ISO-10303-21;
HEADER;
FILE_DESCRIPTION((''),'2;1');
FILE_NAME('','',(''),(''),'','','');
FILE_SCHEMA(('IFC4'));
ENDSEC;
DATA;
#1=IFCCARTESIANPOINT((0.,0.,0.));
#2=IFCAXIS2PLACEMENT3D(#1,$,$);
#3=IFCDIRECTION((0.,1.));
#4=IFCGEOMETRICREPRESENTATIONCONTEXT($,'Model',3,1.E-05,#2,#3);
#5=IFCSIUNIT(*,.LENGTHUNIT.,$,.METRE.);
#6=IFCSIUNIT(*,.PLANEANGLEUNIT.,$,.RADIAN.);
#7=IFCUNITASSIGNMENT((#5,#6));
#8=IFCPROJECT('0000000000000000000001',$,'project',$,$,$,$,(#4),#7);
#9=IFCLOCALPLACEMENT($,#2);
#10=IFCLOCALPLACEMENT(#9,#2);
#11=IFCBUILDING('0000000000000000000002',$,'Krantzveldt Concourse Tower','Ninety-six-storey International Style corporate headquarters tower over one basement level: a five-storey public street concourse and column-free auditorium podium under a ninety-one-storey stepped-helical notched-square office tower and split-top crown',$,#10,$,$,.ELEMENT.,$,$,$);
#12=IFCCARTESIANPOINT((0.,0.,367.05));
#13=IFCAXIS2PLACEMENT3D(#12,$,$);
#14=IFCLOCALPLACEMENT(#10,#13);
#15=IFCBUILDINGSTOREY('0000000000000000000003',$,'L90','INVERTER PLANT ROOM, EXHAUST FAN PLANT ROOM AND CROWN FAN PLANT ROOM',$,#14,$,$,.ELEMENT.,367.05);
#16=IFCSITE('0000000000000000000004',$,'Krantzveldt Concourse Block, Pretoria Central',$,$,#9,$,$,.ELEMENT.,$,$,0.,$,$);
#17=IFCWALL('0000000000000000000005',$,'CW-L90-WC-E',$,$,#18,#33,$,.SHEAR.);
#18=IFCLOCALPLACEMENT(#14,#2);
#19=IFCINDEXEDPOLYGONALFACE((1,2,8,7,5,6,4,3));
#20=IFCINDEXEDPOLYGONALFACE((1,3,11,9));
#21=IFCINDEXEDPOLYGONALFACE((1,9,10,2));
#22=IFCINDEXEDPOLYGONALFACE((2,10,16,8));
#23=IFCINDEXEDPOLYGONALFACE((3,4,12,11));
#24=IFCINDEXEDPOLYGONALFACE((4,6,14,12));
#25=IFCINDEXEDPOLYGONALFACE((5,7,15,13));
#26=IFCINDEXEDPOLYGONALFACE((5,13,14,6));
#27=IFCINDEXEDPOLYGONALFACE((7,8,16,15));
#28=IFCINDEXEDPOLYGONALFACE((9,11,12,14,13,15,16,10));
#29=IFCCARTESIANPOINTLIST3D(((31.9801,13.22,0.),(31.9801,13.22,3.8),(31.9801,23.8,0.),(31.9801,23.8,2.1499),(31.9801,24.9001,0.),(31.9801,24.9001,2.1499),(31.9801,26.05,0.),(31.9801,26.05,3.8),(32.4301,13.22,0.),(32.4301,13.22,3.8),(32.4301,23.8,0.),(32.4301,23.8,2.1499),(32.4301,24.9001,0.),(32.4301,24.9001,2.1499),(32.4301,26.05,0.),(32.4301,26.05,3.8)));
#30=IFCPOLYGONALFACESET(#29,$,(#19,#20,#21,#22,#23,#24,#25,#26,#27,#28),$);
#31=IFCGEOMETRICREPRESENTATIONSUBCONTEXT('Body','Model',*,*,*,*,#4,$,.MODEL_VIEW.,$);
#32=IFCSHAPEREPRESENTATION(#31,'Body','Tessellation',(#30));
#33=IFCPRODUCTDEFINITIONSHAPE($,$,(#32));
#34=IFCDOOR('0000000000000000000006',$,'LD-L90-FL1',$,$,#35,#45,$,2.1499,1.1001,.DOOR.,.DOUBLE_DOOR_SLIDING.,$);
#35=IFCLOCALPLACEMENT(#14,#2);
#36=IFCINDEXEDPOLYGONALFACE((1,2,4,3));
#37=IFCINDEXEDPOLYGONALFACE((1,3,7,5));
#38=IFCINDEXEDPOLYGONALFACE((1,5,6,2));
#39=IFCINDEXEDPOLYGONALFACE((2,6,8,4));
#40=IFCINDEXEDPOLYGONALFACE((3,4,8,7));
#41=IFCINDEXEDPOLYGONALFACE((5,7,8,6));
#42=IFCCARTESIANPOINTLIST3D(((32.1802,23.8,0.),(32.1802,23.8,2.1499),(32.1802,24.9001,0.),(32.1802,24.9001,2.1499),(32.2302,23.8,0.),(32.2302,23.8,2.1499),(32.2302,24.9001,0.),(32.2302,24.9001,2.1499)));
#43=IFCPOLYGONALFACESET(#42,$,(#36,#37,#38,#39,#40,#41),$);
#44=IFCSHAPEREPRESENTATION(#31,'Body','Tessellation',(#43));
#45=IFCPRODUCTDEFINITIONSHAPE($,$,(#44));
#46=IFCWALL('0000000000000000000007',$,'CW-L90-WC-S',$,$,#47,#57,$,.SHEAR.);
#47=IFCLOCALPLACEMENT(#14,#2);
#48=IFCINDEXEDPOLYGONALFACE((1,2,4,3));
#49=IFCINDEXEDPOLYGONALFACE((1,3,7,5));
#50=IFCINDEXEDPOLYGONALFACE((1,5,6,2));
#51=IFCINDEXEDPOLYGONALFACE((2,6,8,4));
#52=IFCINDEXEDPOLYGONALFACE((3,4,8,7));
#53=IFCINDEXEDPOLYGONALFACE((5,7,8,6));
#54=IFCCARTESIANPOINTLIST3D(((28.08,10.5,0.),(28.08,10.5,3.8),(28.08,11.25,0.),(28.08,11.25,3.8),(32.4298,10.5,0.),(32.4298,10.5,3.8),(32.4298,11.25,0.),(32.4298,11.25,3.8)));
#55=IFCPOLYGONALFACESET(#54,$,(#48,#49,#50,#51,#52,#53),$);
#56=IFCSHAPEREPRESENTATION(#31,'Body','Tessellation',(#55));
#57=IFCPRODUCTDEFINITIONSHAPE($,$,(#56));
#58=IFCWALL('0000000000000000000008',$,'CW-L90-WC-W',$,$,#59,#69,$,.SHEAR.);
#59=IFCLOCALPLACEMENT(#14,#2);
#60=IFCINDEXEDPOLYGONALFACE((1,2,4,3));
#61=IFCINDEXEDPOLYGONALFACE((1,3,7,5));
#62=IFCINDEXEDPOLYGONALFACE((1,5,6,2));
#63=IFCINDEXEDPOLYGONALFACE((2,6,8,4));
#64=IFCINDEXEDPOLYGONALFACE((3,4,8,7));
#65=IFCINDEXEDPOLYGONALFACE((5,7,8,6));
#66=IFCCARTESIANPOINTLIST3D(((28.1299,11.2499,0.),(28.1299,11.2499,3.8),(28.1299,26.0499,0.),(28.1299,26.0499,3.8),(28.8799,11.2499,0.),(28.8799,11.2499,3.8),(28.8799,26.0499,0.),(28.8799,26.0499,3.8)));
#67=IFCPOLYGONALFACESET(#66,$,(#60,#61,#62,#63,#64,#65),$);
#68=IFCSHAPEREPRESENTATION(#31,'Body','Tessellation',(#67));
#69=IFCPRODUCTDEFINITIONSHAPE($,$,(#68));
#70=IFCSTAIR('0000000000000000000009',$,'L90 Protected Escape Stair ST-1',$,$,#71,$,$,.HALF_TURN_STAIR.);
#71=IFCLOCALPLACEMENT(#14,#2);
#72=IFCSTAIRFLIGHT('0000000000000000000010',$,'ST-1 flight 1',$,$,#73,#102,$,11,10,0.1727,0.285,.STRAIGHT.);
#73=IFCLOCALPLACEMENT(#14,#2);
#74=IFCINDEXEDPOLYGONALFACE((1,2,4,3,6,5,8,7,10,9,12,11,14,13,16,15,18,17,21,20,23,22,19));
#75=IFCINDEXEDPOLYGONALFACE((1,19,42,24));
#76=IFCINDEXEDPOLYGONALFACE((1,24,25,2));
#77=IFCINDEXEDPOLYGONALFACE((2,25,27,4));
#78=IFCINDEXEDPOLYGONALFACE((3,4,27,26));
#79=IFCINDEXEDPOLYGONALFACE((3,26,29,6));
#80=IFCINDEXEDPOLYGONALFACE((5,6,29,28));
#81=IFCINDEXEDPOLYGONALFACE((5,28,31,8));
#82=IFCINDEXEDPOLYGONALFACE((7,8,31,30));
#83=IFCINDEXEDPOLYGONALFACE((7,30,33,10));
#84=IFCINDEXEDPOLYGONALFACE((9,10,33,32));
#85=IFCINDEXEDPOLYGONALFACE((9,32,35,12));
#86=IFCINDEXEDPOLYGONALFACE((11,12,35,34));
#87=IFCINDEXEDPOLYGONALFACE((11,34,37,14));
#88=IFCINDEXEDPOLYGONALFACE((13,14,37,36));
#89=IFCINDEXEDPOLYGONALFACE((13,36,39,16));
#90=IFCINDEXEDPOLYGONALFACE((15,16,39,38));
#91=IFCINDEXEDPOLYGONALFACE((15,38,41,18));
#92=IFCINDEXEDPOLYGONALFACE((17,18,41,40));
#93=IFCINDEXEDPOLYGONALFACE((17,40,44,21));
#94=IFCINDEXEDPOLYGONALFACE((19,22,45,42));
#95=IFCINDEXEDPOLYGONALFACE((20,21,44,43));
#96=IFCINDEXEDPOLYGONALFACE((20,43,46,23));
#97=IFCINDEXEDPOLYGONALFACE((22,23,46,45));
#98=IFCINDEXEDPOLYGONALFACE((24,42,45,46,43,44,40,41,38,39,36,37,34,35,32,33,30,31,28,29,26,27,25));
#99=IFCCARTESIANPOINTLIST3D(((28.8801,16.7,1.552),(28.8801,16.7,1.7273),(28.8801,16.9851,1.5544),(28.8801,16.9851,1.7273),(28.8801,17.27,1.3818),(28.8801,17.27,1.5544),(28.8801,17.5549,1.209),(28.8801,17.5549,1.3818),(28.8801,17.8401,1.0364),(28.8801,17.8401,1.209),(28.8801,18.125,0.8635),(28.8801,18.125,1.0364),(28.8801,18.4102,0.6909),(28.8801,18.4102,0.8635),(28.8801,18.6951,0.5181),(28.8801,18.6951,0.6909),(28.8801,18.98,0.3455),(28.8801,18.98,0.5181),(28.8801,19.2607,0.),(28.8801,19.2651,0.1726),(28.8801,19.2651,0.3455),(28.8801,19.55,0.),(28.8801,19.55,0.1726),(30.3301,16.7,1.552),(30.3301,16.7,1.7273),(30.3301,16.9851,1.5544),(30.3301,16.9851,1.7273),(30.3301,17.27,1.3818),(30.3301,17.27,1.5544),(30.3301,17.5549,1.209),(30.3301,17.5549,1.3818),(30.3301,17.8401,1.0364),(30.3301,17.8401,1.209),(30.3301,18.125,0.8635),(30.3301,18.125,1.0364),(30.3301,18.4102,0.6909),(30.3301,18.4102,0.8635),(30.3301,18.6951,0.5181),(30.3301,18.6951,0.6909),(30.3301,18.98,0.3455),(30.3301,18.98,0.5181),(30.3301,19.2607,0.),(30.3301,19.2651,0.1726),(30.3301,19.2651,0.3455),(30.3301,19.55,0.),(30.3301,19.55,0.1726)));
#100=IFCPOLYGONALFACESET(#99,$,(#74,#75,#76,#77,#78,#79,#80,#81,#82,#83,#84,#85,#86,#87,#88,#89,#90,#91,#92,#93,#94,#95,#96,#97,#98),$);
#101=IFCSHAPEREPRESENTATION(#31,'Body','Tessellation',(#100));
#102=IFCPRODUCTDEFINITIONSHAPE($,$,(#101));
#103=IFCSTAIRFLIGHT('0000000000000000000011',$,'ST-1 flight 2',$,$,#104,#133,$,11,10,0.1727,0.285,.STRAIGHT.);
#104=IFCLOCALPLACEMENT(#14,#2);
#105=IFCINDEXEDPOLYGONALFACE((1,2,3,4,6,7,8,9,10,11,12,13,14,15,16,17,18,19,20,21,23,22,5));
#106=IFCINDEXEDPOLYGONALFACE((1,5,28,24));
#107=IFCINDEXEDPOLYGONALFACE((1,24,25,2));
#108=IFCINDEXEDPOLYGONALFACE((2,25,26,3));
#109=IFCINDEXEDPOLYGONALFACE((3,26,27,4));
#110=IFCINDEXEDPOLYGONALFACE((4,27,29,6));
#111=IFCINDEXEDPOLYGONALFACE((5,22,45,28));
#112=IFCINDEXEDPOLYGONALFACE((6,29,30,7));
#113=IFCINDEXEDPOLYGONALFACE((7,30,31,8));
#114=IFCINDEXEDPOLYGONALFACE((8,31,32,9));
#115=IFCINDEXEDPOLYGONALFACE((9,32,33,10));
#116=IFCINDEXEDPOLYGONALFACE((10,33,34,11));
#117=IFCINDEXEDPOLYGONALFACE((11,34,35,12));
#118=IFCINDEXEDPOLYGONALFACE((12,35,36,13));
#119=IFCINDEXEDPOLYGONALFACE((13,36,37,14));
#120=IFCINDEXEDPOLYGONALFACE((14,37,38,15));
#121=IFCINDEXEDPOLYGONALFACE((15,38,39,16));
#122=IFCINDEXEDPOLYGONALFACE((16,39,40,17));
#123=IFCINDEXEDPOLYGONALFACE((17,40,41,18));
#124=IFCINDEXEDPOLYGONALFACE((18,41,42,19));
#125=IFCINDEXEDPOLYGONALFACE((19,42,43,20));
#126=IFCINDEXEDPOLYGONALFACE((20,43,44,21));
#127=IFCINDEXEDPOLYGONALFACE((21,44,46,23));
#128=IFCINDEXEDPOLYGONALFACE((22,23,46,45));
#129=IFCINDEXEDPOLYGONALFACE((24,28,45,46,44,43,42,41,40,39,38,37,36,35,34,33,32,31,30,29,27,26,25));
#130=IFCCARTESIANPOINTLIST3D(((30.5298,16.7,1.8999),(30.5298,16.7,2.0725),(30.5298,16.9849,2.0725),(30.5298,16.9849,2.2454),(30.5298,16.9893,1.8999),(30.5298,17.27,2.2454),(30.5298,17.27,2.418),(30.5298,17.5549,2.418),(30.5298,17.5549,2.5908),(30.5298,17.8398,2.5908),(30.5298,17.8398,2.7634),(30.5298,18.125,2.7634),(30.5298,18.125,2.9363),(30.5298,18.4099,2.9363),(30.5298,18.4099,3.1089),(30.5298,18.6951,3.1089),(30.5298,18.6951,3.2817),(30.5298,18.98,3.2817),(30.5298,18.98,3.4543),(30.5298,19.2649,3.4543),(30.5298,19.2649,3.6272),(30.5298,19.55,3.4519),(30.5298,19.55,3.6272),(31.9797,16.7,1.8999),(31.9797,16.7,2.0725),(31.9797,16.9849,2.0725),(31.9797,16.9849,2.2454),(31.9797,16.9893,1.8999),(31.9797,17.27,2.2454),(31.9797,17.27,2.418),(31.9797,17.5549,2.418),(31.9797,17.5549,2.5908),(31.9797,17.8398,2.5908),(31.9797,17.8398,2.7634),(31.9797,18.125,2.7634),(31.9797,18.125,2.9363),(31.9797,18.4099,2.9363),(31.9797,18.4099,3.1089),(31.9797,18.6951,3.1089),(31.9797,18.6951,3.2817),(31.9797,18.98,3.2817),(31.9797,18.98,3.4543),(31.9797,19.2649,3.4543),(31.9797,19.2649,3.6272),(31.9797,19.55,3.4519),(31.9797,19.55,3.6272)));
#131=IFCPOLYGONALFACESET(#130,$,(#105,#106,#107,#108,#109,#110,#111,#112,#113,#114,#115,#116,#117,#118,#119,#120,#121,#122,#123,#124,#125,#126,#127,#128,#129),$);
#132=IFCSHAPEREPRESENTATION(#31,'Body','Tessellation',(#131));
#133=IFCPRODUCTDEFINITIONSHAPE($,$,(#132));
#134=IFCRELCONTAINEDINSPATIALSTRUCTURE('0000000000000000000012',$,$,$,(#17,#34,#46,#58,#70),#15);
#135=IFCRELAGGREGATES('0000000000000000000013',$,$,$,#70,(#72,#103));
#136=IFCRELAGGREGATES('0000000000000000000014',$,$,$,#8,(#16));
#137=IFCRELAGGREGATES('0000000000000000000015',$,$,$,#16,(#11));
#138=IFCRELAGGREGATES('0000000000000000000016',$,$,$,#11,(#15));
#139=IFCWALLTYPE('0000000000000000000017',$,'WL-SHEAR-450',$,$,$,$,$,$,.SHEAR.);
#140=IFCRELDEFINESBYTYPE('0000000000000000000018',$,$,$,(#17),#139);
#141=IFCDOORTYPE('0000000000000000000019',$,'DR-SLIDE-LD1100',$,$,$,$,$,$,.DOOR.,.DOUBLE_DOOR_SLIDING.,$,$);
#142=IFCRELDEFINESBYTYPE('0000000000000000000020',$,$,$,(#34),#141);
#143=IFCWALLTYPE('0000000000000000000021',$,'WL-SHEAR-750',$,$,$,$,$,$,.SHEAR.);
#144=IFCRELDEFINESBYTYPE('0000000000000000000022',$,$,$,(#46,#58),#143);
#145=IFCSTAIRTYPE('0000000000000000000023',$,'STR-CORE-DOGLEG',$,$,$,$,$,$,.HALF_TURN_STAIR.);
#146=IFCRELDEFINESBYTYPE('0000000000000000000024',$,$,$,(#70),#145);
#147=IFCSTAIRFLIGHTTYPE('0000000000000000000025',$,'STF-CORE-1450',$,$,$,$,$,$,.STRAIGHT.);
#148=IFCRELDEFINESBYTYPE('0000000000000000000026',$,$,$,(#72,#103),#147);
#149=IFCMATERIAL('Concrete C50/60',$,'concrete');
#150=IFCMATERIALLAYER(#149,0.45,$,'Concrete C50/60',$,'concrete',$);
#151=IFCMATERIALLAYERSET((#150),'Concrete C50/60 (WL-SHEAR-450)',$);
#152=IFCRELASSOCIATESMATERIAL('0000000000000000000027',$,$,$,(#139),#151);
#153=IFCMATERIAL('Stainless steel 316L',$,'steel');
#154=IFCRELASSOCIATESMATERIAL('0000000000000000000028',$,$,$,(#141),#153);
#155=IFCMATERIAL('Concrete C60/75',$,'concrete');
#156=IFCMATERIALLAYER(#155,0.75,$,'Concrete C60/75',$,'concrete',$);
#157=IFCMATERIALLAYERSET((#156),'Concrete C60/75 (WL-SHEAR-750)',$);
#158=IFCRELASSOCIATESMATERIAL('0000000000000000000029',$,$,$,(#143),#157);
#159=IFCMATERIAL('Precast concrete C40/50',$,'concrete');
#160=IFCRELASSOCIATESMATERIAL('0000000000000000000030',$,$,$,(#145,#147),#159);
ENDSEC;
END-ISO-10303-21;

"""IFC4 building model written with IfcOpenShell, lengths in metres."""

from ifc_helpers import new_model, si_unit, direction, frame, frame_2d, origin, place, context, subcontext, project, spatial, polyline, rectangle, outline, extrude, material, layer, layer_set, type_object, element, fill, aggregate, save


model = new_model("IFC4")

# Units and contexts
model_context = context("Model", 3, precision=1e-05, world=origin(), true_north=direction((0.0, 1.0)))
body_context = subcontext(model_context, "Body", "Model", "MODEL_VIEW")
ifc_project = project(units=[si_unit("LENGTHUNIT", "METRE"), si_unit("PLANEANGLEUNIT", "RADIAN")], contexts=[model_context])

# Site, building, storey
site_placement = place(None, origin())
site = spatial("IfcSite", under=ifc_project, at=site_placement, Name="Krantzveldt Concourse Block, Pretoria Central", CompositionType="ELEMENT", RefElevation=0.0)
building_placement = place(site_placement, origin())
building = spatial("IfcBuilding", under=site, at=building_placement, Name="Krantzveldt Concourse Tower", Description="Ninety-six-storey International Style corporate headquarters tower over one basement level: a five-storey public street concourse and column-free auditorium podium under a ninety-one-storey stepped-helical notched-square office tower and split-top crown", CompositionType="ELEMENT")
storey_placement = place(building_placement, frame((0.0, 0.0, 367.05)))
storey = spatial("IfcBuildingStorey", under=building, at=storey_placement, Name="L90", Description="INVERTER PLANT ROOM, EXHAUST FAN PLANT ROOM AND CROWN FAN PLANT ROOM", CompositionType="ELEMENT", Elevation=367.05)

# Shared definitions
ifc_material_1 = material(Name="Concrete C50/60", Category="concrete")

# Wall, opening, door
ifc_layer_1 = layer(ifc_material_1, 0.45, Name="Concrete C50/60", Category="concrete")
ifc_layer_set_1 = layer_set([ifc_layer_1], Name="Concrete C50/60 (WL-SHEAR-450)")
wall_type_1 = type_object("IfcWallType", Name="WL-SHEAR-450", PredefinedType="SHEAR", material=ifc_layer_set_1)
wall_1_placement = place(storey_placement, frame((32.2051, 13.22, 0.0), z_axis=(0.0, 0.0, 1.0), x_axis=(0.0, 1.0, 0.0)))
wall_1 = element("IfcWall", 1, at=wall_1_placement, inside=storey, type_object=wall_type_1, Name="CW-L90-WC-E", PredefinedType="SHEAR", context=body_context, shape_type="SweptSolid", body=[
    extrude(rectangle(XDim=12.8301, YDim=0.45, at=frame_2d((6.415, 0.0))), origin(), (0.0, 0.0, 1.0), 3.8),
])
opening_1_placement = place(wall_1_placement, frame((10.5801, 0.0, 0.0)))
opening_1 = element("IfcOpeningElement", 2, at=opening_1_placement, cuts=wall_1, PredefinedType="OPENING", context=body_context, shape_type="SweptSolid", body=[
    extrude(rectangle(XDim=1.1001, YDim=2.1499, at=frame_2d((0.55, 1.075))), frame((0.0, 0.2349, 0.0), z_axis=(0.0, -1.0, 0.0), x_axis=(1.0, 0.0, 0.0)), (0.0, 0.0, 1.0), 0.47),
])
ifc_material_2 = material(Name="Stainless steel 316L", Category="steel")
door_type_1 = type_object("IfcDoorType", Name="DR-SLIDE-LD1100", OperationType="DOUBLE_DOOR_SLIDING", PredefinedType="DOOR", material=ifc_material_2)
door_1_placement = place(opening_1_placement, origin())
door_1 = element("IfcDoor", 3, at=door_1_placement, inside=storey, type_object=door_type_1, Name="LD-L90-FL1", OperationType="DOUBLE_DOOR_SLIDING", OverallHeight=2.1499, OverallWidth=1.1001, PredefinedType="DOOR", context=body_context, shape_type="SweptSolid", body=[
    extrude(rectangle(XDim=1.1001, YDim=2.1499, at=frame_2d((0.55, 1.075))), frame((0.0, 0.0249, 0.0), z_axis=(0.0, -1.0, 0.0), x_axis=(1.0, 0.0, 0.0)), (0.0, 0.0, 1.0), 0.05),
])
fill(opening_1, door_1)

# Walls
ifc_material_3 = material(Name="Concrete C60/75", Category="concrete")
ifc_layer_2 = layer(ifc_material_3, 0.75, Name="Concrete C60/75", Category="concrete")
ifc_layer_set_2 = layer_set([ifc_layer_2], Name="Concrete C60/75 (WL-SHEAR-750)")
wall_type_2 = type_object("IfcWallType", Name="WL-SHEAR-750", PredefinedType="SHEAR", material=ifc_layer_set_2)
wall_2_placement = place(storey_placement, frame((28.0801, 10.875, 0.0), z_axis=(0.0, 0.0, 1.0), x_axis=(1.0, 0.0, 0.0)))
element("IfcWall", 4, at=wall_2_placement, inside=storey, type_object=wall_type_2, Name="CW-L90-WC-S", PredefinedType="SHEAR", context=body_context, shape_type="SweptSolid", body=[
    extrude(rectangle(XDim=4.3499, YDim=0.75, at=frame_2d((2.1748, 0.0))), origin(), (0.0, 0.0, 1.0), 3.8),
])
wall_3_placement = place(storey_placement, frame((28.5049, 11.25, 0.0), z_axis=(0.0, 0.0, 1.0), x_axis=(0.0, 1.0, 0.0)))
element("IfcWall", 5, at=wall_3_placement, inside=storey, type_object=wall_type_2, Name="CW-L90-WC-W", PredefinedType="SHEAR", context=body_context, shape_type="SweptSolid", body=[
    extrude(rectangle(XDim=14.8, YDim=0.75, at=frame_2d((7.3999, 0.0))), origin(), (0.0, 0.0, 1.0), 3.8),
])

# Stair, stair flights
ifc_material_4 = material(Name="Precast concrete C40/50", Category="concrete")
stair_type = type_object("IfcStairType", Name="STR-CORE-DOGLEG", PredefinedType="HALF_TURN_STAIR", material=ifc_material_4)
stair_placement = place(storey_placement, origin())
stair = element("IfcStair", 6, at=stair_placement, inside=storey, type_object=stair_type, Name="L90 Protected Escape Stair ST-1", PredefinedType="HALF_TURN_STAIR")
stair_flight_type = type_object("IfcStairFlightType", Name="STF-CORE-1450", PredefinedType="STRAIGHT", material=ifc_material_4)
stair_flight_1_placement = place(storey_placement, frame((29.605, 19.55, 0.0), z_axis=(0.0, 0.0, 1.0), x_axis=(0.0, -1.0, 0.0)))
stair_flight_1 = element("IfcStairFlight", 7, at=stair_flight_1_placement, type_object=stair_flight_type, Name="ST-1 flight 1", NumberOfRisers=11, NumberOfTreads=10, PredefinedType="STRAIGHT", RiserHeight=0.1727, TreadLength=0.285, context=body_context, shape_type="SweptSolid", body=[
    extrude(outline(polyline([(0.0, 0.0), (0.0, 0.1726), (0.2849, 0.1726), (0.2849, 0.3455), (0.5701, 0.3455), (0.5701, 0.5181), (0.855, 0.5181), (0.855, 0.6909), (1.1399, 0.6909), (1.1399, 0.8635), (1.425, 0.8635), (1.425, 1.0364), (1.71, 1.0364), (1.71, 1.209), (1.9951, 1.209), (1.9951, 1.3818), (2.28, 1.3818), (2.28, 1.5544), (2.5649, 1.5544), (2.5649, 1.7273), (2.8501, 1.7273), (2.8501, 1.8999), (2.8501, 1.552), (0.2893, 0.0), (0.0, 0.0)])), frame((0.0, 0.7251, 0.0), z_axis=(0.0, -1.0, 0.0), x_axis=(1.0, 0.0, 0.0)), (0.0, 0.0, 1.0), 1.45),
])
stair_flight_2_placement = place(storey_placement, frame((31.2549, 16.7, 1.8999), z_axis=(0.0, 0.0, 1.0), x_axis=(0.0, 1.0, 0.0)))
stair_flight_2 = element("IfcStairFlight", 8, at=stair_flight_2_placement, type_object=stair_flight_type, Name="ST-1 flight 2", NumberOfRisers=11, NumberOfTreads=10, PredefinedType="STRAIGHT", RiserHeight=0.1727, TreadLength=0.285, context=body_context, shape_type="SweptSolid", body=[
    extrude(outline(polyline([(0.0, 0.0), (0.0, 0.1726), (0.2849, 0.1726), (0.2849, 0.3455), (0.5701, 0.3455), (0.5701, 0.5181), (0.855, 0.5181), (0.855, 0.6909), (1.1399, 0.6909), (1.1399, 0.8635), (1.425, 0.8635), (1.425, 1.0364), (1.71, 1.0364), (1.71, 1.209), (1.9951, 1.209), (1.9951, 1.3818), (2.28, 1.3818), (2.28, 1.5544), (2.5649, 1.5544), (2.5649, 1.7273), (2.8501, 1.7273), (2.8501, 1.8999), (2.8501, 1.552), (0.2893, 0.0), (0.0, 0.0)])), frame((0.0, 0.7251, 0.0), z_axis=(0.0, -1.0, 0.0), x_axis=(1.0, 0.0, 0.0)), (0.0, 0.0, 1.0), 1.45),
])
aggregate(stair, [stair_flight_1, stair_flight_2])

save(model, "model.ifc")
